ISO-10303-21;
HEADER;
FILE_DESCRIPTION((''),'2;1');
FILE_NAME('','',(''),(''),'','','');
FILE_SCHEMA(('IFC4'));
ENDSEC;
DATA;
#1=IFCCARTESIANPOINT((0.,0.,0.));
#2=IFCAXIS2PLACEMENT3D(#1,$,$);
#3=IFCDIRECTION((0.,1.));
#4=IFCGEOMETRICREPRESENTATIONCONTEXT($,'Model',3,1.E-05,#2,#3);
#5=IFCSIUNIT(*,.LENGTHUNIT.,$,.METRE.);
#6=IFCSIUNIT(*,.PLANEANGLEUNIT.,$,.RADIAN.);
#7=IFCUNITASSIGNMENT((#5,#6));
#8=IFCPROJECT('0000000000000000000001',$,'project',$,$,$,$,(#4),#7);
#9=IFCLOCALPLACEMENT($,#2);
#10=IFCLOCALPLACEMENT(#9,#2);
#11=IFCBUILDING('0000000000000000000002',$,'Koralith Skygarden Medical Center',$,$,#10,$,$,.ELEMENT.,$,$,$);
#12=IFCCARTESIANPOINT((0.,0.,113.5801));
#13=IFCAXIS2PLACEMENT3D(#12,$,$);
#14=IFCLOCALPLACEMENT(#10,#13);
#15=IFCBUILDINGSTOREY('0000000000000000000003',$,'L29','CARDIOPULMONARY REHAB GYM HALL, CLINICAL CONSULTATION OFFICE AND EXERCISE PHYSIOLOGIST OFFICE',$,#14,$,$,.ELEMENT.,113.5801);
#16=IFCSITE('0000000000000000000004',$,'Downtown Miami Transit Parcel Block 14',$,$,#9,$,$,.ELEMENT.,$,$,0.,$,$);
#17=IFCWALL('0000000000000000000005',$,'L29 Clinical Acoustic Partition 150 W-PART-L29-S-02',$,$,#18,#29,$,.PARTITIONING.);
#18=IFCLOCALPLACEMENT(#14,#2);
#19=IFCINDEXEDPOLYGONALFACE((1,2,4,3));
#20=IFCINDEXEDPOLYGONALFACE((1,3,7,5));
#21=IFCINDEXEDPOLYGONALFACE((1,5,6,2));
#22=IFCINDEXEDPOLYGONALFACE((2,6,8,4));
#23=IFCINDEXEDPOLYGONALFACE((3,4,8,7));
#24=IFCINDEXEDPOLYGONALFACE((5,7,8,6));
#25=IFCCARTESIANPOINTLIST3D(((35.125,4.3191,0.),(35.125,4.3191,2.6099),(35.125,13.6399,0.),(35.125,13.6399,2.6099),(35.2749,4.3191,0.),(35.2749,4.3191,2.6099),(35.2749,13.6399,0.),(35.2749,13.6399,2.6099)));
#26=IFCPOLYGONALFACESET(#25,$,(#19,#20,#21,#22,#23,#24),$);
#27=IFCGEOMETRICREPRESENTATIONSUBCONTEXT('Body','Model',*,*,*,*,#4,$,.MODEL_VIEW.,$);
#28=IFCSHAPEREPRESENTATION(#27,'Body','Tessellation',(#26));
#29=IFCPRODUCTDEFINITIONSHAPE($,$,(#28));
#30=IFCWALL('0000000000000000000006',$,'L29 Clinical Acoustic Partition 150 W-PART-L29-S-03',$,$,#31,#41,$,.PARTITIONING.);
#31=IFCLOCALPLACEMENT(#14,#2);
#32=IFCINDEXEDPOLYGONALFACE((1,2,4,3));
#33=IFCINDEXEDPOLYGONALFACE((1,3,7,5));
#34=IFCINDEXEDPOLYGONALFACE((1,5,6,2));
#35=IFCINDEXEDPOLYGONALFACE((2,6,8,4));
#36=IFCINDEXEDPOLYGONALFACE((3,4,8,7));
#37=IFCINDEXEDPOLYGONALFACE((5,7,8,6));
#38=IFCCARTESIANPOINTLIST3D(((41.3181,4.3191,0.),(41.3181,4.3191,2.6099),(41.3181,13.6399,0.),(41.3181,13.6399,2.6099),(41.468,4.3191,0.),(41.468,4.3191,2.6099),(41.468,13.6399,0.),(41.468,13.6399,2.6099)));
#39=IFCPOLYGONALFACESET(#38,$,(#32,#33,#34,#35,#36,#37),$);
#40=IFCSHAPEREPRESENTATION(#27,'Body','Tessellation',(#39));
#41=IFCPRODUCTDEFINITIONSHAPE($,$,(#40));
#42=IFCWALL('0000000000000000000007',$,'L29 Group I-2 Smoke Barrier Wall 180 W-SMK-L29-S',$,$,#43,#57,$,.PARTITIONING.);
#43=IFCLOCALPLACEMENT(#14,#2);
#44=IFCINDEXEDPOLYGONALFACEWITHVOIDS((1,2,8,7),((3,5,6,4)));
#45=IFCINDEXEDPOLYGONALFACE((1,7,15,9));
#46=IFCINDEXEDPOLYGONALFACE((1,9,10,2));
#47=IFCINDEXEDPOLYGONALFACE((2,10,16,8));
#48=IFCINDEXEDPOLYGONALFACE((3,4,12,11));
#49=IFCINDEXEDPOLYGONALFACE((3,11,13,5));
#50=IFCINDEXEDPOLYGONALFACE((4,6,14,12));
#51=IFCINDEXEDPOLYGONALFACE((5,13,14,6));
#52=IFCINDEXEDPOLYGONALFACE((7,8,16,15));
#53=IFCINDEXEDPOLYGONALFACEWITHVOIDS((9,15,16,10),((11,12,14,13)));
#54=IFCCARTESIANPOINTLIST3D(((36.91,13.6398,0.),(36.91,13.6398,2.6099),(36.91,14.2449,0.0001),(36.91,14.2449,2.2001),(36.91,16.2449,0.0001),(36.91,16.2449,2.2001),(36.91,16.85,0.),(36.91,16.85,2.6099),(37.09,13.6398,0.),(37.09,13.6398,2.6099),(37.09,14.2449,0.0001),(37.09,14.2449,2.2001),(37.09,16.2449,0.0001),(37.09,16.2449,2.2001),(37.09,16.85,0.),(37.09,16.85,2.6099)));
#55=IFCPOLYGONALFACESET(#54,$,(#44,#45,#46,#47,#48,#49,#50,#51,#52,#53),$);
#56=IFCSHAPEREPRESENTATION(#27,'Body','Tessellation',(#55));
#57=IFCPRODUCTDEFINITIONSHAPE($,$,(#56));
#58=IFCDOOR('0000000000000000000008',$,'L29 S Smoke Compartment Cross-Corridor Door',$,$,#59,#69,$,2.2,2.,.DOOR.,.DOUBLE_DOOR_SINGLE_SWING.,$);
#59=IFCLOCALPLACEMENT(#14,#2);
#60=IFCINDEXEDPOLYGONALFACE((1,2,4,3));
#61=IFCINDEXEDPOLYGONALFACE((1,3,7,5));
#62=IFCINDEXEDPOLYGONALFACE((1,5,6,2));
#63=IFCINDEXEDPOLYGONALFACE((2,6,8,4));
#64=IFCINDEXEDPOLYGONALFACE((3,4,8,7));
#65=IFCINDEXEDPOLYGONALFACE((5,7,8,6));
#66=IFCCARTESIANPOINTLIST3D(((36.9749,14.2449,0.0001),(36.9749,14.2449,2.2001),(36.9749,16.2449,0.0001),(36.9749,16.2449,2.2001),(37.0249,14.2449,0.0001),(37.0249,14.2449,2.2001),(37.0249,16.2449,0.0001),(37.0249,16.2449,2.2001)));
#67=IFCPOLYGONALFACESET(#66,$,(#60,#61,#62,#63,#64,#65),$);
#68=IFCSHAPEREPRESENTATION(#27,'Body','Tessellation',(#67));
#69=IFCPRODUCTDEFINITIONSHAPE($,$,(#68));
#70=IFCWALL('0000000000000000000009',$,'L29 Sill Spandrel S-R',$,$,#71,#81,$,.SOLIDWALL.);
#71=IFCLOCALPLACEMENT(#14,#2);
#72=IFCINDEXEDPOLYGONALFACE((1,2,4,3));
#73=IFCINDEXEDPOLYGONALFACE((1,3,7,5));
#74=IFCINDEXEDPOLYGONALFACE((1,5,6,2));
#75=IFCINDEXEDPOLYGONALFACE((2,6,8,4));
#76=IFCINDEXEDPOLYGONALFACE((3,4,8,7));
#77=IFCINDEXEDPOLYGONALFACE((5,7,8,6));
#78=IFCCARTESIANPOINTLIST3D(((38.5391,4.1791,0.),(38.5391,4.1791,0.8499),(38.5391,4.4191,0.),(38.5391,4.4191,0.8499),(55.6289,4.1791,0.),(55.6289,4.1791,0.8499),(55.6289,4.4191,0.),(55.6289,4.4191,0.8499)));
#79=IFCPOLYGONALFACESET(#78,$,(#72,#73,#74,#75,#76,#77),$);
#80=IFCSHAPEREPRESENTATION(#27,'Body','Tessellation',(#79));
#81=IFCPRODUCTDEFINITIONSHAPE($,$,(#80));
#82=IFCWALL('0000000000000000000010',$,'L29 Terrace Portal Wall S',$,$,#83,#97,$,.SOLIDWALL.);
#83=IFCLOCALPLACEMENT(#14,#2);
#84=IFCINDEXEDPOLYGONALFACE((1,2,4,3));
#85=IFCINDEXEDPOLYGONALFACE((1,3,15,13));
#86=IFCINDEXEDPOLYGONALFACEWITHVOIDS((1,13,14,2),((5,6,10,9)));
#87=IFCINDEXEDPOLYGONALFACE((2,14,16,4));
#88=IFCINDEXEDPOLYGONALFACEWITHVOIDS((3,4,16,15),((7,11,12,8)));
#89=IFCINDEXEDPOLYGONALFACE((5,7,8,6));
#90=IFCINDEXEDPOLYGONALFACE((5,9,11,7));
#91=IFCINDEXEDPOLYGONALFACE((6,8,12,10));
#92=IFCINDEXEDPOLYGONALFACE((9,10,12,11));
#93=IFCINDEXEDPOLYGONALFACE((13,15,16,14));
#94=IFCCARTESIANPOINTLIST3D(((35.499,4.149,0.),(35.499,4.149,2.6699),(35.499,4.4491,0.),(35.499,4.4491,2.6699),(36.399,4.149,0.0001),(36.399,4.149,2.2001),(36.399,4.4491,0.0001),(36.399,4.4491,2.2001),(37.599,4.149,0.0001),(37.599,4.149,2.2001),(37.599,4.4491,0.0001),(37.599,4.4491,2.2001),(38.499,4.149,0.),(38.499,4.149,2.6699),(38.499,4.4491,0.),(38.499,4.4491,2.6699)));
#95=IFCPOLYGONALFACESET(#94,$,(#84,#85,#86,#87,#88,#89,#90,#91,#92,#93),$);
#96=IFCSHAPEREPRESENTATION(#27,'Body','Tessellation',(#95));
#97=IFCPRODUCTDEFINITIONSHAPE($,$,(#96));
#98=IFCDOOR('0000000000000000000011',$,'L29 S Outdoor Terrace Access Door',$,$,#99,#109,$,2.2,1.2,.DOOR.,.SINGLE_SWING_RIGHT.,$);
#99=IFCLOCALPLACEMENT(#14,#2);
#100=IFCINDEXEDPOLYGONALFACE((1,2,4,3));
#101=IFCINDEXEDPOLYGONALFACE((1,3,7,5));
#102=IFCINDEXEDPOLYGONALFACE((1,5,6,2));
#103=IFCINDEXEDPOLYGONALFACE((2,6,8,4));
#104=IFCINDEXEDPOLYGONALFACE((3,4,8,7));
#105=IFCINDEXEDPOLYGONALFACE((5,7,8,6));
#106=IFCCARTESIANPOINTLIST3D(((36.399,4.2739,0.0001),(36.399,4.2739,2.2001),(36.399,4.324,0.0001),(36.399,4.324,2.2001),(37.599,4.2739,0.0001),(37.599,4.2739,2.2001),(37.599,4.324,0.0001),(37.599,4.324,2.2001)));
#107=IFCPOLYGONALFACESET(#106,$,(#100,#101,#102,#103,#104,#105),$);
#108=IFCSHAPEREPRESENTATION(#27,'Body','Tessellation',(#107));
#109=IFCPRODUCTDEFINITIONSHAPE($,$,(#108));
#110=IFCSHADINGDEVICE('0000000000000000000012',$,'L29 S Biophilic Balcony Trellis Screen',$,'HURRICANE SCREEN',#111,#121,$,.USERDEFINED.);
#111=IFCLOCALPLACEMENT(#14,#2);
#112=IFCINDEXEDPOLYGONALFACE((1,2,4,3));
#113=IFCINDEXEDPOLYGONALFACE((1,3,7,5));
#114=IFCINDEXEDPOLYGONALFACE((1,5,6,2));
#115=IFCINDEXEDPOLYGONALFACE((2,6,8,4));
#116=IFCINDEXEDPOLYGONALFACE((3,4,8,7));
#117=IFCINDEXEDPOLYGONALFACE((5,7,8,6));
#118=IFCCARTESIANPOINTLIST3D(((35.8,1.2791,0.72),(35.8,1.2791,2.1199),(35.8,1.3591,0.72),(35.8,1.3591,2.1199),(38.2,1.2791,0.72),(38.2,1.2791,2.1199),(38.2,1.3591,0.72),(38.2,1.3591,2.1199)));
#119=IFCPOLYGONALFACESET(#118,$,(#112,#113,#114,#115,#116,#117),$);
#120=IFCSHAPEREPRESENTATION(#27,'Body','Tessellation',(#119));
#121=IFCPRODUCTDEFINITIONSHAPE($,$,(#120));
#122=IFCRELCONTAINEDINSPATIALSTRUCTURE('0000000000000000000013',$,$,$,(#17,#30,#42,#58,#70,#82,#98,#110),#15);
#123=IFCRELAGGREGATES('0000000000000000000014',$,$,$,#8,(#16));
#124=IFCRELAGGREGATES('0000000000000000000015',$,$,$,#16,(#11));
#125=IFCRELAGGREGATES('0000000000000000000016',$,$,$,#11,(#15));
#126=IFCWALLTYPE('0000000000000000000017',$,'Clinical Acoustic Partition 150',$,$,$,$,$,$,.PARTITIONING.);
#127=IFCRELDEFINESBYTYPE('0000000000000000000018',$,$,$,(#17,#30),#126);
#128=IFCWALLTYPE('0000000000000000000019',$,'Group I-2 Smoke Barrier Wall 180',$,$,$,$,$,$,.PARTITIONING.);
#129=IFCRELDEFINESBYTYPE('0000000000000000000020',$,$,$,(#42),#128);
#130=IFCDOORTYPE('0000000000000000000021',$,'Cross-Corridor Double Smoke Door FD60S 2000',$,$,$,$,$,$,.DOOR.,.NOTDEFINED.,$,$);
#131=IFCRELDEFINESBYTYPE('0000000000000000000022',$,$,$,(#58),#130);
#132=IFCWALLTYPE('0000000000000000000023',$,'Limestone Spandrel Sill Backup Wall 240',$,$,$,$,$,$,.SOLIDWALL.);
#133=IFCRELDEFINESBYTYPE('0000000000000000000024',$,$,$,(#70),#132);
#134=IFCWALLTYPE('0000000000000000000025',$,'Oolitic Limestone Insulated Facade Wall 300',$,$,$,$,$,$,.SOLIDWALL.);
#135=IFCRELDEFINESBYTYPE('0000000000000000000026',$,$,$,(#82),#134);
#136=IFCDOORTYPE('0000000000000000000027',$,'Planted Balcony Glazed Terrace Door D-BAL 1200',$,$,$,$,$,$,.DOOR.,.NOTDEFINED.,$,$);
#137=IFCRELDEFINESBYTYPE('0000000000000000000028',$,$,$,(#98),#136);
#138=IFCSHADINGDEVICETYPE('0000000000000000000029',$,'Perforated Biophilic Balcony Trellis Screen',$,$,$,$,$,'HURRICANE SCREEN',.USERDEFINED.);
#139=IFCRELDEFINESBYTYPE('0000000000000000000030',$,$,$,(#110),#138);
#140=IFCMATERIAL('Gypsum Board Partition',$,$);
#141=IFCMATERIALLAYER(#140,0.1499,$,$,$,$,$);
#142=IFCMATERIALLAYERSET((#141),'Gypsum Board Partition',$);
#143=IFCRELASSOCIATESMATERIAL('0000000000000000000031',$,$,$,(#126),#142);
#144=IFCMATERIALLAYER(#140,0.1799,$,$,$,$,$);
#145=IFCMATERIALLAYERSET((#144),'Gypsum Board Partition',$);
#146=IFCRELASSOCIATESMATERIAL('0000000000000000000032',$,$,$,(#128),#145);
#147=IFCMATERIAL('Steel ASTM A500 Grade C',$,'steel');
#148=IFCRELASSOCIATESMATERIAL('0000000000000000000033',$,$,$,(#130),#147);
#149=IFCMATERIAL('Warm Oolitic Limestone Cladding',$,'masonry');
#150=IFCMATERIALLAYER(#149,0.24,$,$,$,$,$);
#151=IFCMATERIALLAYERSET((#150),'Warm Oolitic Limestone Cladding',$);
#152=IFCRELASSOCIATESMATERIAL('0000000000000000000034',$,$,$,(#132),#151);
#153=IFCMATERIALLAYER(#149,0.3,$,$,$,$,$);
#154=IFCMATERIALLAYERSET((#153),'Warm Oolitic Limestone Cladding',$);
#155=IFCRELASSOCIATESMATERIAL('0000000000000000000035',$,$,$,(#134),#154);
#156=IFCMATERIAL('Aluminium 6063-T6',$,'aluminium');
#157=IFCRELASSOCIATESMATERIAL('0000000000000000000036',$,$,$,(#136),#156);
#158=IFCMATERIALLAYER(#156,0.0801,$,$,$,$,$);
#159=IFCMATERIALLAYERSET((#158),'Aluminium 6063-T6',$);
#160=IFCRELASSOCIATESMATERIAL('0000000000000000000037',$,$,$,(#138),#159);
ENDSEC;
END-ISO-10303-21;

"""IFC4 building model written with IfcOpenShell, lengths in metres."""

from ifc_helpers import new_model, si_unit, direction, frame, frame_2d, origin, origin_2d, place, context, subcontext, project, spatial, rectangle, extrude, material, layer, layer_set, type_object, element, fill, save


model = new_model("IFC4")

# Units and contexts
model_context = context("Model", 3, precision=1e-05, world=origin(), true_north=direction((0.0, 1.0)))
body_context = subcontext(model_context, "Body", "Model", "MODEL_VIEW")
ifc_project = project(units=[si_unit("LENGTHUNIT", "METRE"), si_unit("PLANEANGLEUNIT", "RADIAN")], contexts=[model_context])

# Site, building, storey
site_placement = place(None, origin())
site = spatial("IfcSite", under=ifc_project, at=site_placement, Name="Downtown Miami Transit Parcel Block 14", CompositionType="ELEMENT", RefElevation=0.0)
building_placement = place(site_placement, origin())
building = spatial("IfcBuilding", under=site, at=building_placement, Name="Koralith Skygarden Medical Center", CompositionType="ELEMENT")
storey_placement = place(building_placement, frame((0.0, 0.0, 113.5801)))
storey = spatial("IfcBuildingStorey", under=building, at=storey_placement, Name="L29", Description="CARDIOPULMONARY REHAB GYM HALL, CLINICAL CONSULTATION OFFICE AND EXERCISE PHYSIOLOGIST OFFICE", CompositionType="ELEMENT", Elevation=113.5801)

# Shared definitions
ifc_material_1 = material(Name="Aluminium 6063-T6", Category="aluminium")

# Walls
ifc_material_2 = material(Name="Gypsum Board Partition")
ifc_layer_1 = layer(ifc_material_2, 0.1499)
ifc_layer_set_1 = layer_set([ifc_layer_1], Name="Gypsum Board Partition")
wall_type_1 = type_object("IfcWallType", Name="Clinical Acoustic Partition 150", PredefinedType="PARTITIONING", material=ifc_layer_set_1)
for number, where, z_axis, x_axis, name in (
    (1, (35.2, 13.6399, 0.0), (0.0, 0.0, 1.0), (0.0, -1.0, 0.0), "L29 Clinical Acoustic Partition 150 W-PART-L29-S-02"),
    (2, (41.3931, 13.6399, 0.0), (0.0, 0.0, 1.0), (0.0, -1.0, 0.0), "L29 Clinical Acoustic Partition 150 W-PART-L29-S-03"),
):
    element("IfcWall", number, at=place(storey_placement, frame(where, z_axis=z_axis, x_axis=x_axis)), inside=storey, type_object=wall_type_1, Name=name, PredefinedType="PARTITIONING", context=body_context, shape_type="SweptSolid", body=[
        extrude(rectangle(XDim=9.3208, YDim=0.1499, at=frame_2d((4.6604, 0.0))), origin(), (0.0, 0.0, 1.0), 2.6099),
    ])

# Wall, opening, door
ifc_layer_2 = layer(ifc_material_2, 0.1799)
ifc_layer_set_2 = layer_set([ifc_layer_2], Name="Gypsum Board Partition")
wall_type_2 = type_object("IfcWallType", Name="Group I-2 Smoke Barrier Wall 180", PredefinedType="PARTITIONING", material=ifc_layer_set_2)
wall_1_placement = place(storey_placement, frame((37.0, 13.6399, 0.0), z_axis=(0.0, 0.0, 1.0), x_axis=(0.0, 1.0, 0.0)))
wall_1 = element("IfcWall", 3, at=wall_1_placement, inside=storey, type_object=wall_type_2, Name="L29 Group I-2 Smoke Barrier Wall 180 W-SMK-L29-S", PredefinedType="PARTITIONING", context=body_context, shape_type="SweptSolid", body=[
    extrude(rectangle(XDim=3.2102, YDim=0.1799, at=frame_2d((1.605, 0.0))), origin(), (0.0, 0.0, 1.0), 2.6099),
])
opening_1_placement = place(wall_1_placement, frame((0.605, 0.0, 0.0)))
opening_1 = element("IfcOpeningElement", 4, at=opening_1_placement, cuts=wall_1, PredefinedType="OPENING", context=body_context, shape_type="SweptSolid", body=[
    extrude(rectangle(XDim=2.0, YDim=2.2, at=frame_2d((1.0, 1.1001))), frame((0.0, 0.0999, 0.0), z_axis=(0.0, -1.0, 0.0), x_axis=(1.0, 0.0, 0.0)), (0.0, 0.0, 1.0), 0.2),
])
ifc_material_3 = material(Name="Steel ASTM A500 Grade C", Category="steel")
door_type_1 = type_object("IfcDoorType", Name="Cross-Corridor Double Smoke Door FD60S 2000", OperationType="NOTDEFINED", PredefinedType="DOOR", material=ifc_material_3)
door_1_placement = place(opening_1_placement, frame((2.0, 0.0, 0.0), z_axis=(0.0, 0.0, 1.0), x_axis=(-1.0, 0.0, 0.0)))
door_1 = element("IfcDoor", 5, at=door_1_placement, inside=storey, type_object=door_type_1, Name="L29 S Smoke Compartment Cross-Corridor Door", OperationType="DOUBLE_DOOR_SINGLE_SWING", OverallHeight=2.2, OverallWidth=2.0, PredefinedType="DOOR", context=body_context, shape_type="SweptSolid", body=[
    extrude(rectangle(XDim=2.0, YDim=2.2, at=frame_2d((1.0, 1.1001))), frame((0.0, 0.0249, 0.0), z_axis=(0.0, -1.0, 0.0), x_axis=(1.0, 0.0, 0.0)), (0.0, 0.0, 1.0), 0.05),
])
fill(opening_1, door_1)

# Wall
ifc_material_4 = material(Name="Warm Oolitic Limestone Cladding", Category="masonry")
ifc_layer_3 = layer(ifc_material_4, 0.24)
ifc_layer_set_3 = layer_set([ifc_layer_3], Name="Warm Oolitic Limestone Cladding")
wall_type_3 = type_object("IfcWallType", Name="Limestone Spandrel Sill Backup Wall 240", PredefinedType="SOLIDWALL", material=ifc_layer_set_3)
wall_2_placement = place(storey_placement, frame((38.5391, 4.2991, 0.0), z_axis=(0.0, 0.0, 1.0), x_axis=(1.0, 0.0, 0.0)))
element("IfcWall", 6, at=wall_2_placement, inside=storey, type_object=wall_type_3, Name="L29 Sill Spandrel S-R", PredefinedType="SOLIDWALL", context=body_context, shape_type="SweptSolid", body=[
    extrude(rectangle(XDim=17.0898, YDim=0.24, at=frame_2d((8.5449, 0.0))), origin(), (0.0, 0.0, 1.0), 0.8499),
])

# Wall, opening, door
ifc_layer_4 = layer(ifc_material_4, 0.3)
ifc_layer_set_4 = layer_set([ifc_layer_4], Name="Warm Oolitic Limestone Cladding")
wall_type_4 = type_object("IfcWallType", Name="Oolitic Limestone Insulated Facade Wall 300", PredefinedType="SOLIDWALL", material=ifc_layer_set_4)
wall_3_placement = place(storey_placement, frame((35.499, 4.2991, 0.0), z_axis=(0.0, 0.0, 1.0), x_axis=(1.0, 0.0, 0.0)))
wall_3 = element("IfcWall", 7, at=wall_3_placement, inside=storey, type_object=wall_type_4, Name="L29 Terrace Portal Wall S", PredefinedType="SOLIDWALL", context=body_context, shape_type="SweptSolid", body=[
    extrude(rectangle(XDim=3.0, YDim=0.3, at=frame_2d((1.5, 0.0))), origin(), (0.0, 0.0, 1.0), 2.6699),
])
opening_2_placement = place(wall_3_placement, frame((0.8999, 0.0, 0.0)))
opening_2 = element("IfcOpeningElement", 8, at=opening_2_placement, cuts=wall_3, PredefinedType="OPENING", context=body_context, shape_type="SweptSolid", body=[
    extrude(rectangle(XDim=1.2, YDim=2.2, at=frame_2d((0.6001, 1.1001))), frame((0.0, 0.1599, 0.0), z_axis=(0.0, -1.0, 0.0), x_axis=(1.0, 0.0, 0.0)), (0.0, 0.0, 1.0), 0.3201),
])
door_type_2 = type_object("IfcDoorType", Name="Planted Balcony Glazed Terrace Door D-BAL 1200", OperationType="NOTDEFINED", PredefinedType="DOOR", material=ifc_material_1)
door_2_placement = place(opening_2_placement, origin())
door_2 = element("IfcDoor", 9, at=door_2_placement, inside=storey, type_object=door_type_2, Name="L29 S Outdoor Terrace Access Door", OperationType="SINGLE_SWING_RIGHT", OverallHeight=2.2, OverallWidth=1.2, PredefinedType="DOOR", context=body_context, shape_type="SweptSolid", body=[
    extrude(rectangle(XDim=1.2, YDim=2.2, at=frame_2d((0.6001, 1.1001))), frame((0.0, 0.0249, 0.0), z_axis=(0.0, -1.0, 0.0), x_axis=(1.0, 0.0, 0.0)), (0.0, 0.0, 1.0), 0.05),
])
fill(opening_2, door_2)

# Shading device
ifc_layer_5 = layer(ifc_material_1, 0.0801)
ifc_layer_set_5 = layer_set([ifc_layer_5], Name="Aluminium 6063-T6")
shading_device_type = type_object("IfcShadingDeviceType", Name="Perforated Biophilic Balcony Trellis Screen", ElementType="HURRICANE SCREEN", PredefinedType="USERDEFINED", material=ifc_layer_set_5)
shading_device_placement = place(storey_placement, frame((37.0, 1.3191, 0.72), z_axis=(0.0, 0.0, 1.0), x_axis=(1.0, 0.0, 0.0)))
element("IfcShadingDevice", 10, at=shading_device_placement, inside=storey, type_object=shading_device_type, Name="L29 S Biophilic Balcony Trellis Screen", ObjectType="HURRICANE SCREEN", PredefinedType="USERDEFINED", context=body_context, shape_type="SweptSolid", body=[
    extrude(rectangle(XDim=2.3999, YDim=0.0801, at=origin_2d()), origin(), (0.0, 0.0, 1.0), 1.3999),
])

save(model, "model.ifc")
